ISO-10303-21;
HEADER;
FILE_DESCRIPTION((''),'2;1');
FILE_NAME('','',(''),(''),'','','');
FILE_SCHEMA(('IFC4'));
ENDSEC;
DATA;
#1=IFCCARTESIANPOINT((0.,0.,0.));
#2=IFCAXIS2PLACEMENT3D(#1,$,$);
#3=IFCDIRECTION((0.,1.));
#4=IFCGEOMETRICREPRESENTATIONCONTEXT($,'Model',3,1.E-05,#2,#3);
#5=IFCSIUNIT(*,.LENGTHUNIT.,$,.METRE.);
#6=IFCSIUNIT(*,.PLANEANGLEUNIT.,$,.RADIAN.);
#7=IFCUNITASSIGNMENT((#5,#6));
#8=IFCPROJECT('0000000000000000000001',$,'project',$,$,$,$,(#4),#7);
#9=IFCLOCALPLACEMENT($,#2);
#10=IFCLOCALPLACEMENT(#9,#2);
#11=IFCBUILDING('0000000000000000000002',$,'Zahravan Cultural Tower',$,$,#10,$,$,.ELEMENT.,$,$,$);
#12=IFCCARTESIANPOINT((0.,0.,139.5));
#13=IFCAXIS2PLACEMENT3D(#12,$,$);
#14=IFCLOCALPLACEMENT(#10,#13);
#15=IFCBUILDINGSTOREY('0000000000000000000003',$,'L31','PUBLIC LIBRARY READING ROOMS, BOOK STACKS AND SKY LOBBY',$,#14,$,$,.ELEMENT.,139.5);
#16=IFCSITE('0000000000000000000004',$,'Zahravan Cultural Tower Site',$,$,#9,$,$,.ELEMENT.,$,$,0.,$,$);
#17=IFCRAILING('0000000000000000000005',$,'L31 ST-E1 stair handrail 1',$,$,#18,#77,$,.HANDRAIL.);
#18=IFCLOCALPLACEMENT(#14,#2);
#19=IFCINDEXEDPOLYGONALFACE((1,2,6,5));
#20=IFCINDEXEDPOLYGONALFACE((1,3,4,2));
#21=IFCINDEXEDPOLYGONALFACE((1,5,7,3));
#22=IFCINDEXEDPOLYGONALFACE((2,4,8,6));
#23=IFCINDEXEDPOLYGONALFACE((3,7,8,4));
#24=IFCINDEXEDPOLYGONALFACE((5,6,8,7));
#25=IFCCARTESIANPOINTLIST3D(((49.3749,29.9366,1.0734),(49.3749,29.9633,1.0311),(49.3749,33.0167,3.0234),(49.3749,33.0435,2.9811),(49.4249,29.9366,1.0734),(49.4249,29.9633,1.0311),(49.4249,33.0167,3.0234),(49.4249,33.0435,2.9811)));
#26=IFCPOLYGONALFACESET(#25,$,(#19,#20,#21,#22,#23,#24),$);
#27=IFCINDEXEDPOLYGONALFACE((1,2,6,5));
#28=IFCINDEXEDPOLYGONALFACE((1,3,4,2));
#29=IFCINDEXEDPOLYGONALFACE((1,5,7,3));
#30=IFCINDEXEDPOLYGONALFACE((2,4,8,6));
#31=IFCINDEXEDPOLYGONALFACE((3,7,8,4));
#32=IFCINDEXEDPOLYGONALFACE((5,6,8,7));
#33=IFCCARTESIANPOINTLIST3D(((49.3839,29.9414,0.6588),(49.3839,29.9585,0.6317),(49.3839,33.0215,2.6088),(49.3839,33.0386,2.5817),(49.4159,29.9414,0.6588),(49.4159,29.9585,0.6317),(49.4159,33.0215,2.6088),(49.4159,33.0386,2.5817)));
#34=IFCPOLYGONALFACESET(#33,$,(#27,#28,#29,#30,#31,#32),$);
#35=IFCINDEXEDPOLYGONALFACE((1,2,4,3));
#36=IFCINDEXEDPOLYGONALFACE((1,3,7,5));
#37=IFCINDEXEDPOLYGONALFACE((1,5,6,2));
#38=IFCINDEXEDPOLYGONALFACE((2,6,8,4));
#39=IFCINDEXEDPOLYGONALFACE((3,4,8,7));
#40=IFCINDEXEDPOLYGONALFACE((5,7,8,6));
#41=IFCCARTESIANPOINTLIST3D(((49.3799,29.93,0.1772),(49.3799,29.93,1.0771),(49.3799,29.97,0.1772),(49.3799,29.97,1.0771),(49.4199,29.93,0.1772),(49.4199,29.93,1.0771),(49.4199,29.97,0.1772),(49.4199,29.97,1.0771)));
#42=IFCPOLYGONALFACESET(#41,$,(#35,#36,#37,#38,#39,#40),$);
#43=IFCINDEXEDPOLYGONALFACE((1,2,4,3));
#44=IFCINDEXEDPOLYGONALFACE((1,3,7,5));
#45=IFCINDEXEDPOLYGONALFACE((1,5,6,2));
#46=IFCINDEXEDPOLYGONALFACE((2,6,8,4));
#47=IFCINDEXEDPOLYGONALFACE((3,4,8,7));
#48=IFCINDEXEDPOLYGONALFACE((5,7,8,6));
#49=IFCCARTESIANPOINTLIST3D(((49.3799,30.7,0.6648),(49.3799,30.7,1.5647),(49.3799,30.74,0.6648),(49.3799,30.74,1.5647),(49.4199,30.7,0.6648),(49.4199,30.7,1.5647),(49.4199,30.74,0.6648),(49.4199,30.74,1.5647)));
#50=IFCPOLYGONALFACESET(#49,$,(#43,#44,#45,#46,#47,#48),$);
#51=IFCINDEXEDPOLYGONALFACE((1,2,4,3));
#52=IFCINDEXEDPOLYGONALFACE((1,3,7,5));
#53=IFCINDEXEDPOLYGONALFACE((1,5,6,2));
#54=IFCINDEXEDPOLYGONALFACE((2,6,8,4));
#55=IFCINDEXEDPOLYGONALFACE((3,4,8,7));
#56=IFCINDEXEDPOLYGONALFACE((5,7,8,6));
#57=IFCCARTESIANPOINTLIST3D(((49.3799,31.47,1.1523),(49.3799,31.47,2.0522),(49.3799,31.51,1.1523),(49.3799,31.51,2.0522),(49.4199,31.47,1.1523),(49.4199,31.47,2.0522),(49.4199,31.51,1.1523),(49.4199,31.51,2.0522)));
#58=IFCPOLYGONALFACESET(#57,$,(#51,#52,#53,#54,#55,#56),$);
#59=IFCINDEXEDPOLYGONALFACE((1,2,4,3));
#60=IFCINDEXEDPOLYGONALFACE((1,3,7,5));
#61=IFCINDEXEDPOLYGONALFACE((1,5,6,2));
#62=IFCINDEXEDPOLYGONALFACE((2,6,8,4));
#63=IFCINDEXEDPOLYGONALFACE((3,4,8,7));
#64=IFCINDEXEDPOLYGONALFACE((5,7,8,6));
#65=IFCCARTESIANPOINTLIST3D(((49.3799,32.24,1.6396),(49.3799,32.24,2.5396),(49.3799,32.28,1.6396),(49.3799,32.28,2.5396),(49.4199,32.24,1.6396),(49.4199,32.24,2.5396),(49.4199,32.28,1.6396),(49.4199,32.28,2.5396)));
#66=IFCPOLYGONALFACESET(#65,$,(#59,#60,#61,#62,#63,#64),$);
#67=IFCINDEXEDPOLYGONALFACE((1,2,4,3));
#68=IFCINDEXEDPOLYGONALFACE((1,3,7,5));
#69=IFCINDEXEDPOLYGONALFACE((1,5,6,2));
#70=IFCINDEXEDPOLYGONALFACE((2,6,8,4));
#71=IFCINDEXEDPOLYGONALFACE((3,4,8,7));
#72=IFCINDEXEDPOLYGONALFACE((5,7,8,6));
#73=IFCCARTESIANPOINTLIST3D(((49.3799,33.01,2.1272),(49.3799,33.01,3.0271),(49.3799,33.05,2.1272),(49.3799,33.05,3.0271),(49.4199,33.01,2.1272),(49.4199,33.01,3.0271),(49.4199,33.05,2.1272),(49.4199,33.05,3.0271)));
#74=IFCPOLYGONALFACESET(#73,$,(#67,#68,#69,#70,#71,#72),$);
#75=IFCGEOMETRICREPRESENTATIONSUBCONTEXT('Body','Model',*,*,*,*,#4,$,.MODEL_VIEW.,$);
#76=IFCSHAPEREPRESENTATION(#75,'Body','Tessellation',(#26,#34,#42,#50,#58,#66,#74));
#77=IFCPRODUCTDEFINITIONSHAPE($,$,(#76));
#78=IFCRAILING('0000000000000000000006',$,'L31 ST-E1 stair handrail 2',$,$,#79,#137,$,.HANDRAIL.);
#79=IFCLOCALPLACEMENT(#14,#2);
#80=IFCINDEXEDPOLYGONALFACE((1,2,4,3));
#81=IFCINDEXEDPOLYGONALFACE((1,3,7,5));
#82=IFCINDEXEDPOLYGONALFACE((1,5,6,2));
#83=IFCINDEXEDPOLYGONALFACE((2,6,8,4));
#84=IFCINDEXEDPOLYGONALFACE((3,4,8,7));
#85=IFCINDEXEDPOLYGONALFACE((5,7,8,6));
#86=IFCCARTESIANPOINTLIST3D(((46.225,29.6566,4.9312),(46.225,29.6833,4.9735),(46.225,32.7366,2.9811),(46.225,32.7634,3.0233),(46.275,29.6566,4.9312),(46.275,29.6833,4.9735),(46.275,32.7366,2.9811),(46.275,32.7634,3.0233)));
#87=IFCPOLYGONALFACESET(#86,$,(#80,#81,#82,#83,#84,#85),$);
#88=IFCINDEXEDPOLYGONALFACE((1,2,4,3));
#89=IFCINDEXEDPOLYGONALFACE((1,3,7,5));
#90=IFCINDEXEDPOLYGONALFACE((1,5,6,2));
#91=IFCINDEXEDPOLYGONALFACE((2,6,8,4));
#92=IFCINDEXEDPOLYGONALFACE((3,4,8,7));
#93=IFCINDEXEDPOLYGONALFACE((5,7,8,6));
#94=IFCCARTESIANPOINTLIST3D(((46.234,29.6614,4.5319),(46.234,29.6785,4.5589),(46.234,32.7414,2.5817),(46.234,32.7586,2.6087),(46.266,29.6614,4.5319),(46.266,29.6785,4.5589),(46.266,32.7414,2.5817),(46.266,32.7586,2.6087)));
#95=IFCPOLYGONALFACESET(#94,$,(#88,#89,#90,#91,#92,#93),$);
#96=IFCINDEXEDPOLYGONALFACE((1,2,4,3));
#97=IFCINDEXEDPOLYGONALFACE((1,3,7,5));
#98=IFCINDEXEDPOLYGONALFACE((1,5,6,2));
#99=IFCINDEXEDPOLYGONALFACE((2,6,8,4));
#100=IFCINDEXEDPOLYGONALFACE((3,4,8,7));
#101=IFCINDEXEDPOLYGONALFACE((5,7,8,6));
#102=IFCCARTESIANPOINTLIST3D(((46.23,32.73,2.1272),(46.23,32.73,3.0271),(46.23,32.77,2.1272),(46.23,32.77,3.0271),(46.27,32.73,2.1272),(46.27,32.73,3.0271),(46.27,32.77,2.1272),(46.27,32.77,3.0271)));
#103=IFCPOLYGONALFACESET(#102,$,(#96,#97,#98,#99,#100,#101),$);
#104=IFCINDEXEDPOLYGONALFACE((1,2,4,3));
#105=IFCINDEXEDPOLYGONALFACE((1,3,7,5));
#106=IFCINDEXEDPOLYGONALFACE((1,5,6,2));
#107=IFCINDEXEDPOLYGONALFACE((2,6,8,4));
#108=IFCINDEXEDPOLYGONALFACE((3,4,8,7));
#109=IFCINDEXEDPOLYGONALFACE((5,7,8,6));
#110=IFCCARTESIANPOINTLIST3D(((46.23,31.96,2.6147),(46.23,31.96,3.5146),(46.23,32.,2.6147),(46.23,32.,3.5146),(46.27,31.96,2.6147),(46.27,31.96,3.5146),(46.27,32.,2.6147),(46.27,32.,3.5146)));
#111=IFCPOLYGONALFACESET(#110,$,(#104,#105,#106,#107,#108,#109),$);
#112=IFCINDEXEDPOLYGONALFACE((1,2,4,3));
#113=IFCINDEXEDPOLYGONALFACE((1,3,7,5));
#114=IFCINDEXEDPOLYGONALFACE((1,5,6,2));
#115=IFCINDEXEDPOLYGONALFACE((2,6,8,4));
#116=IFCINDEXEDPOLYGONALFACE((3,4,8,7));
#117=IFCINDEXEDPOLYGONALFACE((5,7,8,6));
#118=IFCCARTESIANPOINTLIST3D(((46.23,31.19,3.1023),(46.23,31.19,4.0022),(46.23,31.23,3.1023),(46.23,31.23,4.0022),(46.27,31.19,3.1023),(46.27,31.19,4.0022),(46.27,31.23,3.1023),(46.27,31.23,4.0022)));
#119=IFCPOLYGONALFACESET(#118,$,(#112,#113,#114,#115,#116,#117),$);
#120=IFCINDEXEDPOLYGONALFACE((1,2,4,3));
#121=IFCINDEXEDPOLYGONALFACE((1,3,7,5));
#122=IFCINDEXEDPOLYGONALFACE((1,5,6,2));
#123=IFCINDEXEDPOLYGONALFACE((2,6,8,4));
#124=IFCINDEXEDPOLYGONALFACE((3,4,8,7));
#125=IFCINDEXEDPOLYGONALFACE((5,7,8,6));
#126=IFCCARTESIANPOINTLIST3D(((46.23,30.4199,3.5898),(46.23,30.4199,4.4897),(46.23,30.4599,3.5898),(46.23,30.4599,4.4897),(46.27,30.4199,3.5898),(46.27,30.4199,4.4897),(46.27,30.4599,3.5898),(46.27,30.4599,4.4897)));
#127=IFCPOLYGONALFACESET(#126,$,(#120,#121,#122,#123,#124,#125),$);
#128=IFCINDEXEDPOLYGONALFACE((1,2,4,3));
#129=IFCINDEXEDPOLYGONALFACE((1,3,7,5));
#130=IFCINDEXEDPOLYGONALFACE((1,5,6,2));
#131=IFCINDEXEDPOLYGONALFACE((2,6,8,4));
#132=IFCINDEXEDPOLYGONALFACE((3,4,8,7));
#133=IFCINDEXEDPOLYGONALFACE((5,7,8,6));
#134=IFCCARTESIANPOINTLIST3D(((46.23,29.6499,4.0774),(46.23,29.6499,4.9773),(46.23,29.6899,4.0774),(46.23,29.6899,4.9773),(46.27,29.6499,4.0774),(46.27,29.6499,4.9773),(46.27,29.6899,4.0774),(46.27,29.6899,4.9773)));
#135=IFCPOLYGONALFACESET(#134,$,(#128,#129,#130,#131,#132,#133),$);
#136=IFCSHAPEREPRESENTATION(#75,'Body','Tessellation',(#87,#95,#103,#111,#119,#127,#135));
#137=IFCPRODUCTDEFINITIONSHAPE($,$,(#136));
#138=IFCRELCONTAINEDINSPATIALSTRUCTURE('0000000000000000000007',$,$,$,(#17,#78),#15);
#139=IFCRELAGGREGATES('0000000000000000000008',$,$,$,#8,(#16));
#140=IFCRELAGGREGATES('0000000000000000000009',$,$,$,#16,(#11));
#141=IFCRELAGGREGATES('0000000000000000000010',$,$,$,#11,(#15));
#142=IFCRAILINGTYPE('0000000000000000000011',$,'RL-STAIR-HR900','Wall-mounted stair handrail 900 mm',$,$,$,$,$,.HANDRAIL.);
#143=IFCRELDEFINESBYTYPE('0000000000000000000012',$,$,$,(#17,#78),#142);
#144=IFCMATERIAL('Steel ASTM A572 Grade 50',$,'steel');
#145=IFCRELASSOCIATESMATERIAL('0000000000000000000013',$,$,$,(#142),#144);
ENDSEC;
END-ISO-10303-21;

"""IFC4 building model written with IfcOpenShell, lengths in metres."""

from ifc_helpers import new_model, si_unit, direction, frame, origin, origin_2d, place, context, subcontext, project, spatial, rectangle, extrude, material, type_object, element, save


model = new_model("IFC4")

# Units and contexts
model_context = context("Model", 3, precision=1e-05, world=origin(), true_north=direction((0.0, 1.0)))
body_context = subcontext(model_context, "Body", "Model", "MODEL_VIEW")
ifc_project = project(units=[si_unit("LENGTHUNIT", "METRE"), si_unit("PLANEANGLEUNIT", "RADIAN")], contexts=[model_context])

# Site, building, storey
site_placement = place(None, origin())
site = spatial("IfcSite", under=ifc_project, at=site_placement, Name="Zahravan Cultural Tower Site", CompositionType="ELEMENT", RefElevation=0.0)
building_placement = place(site_placement, origin())
building = spatial("IfcBuilding", under=site, at=building_placement, Name="Zahravan Cultural Tower", CompositionType="ELEMENT")
storey_placement = place(building_placement, frame((0.0, 0.0, 139.5)))
storey = spatial("IfcBuildingStorey", under=building, at=storey_placement, Name="L31", Description="PUBLIC LIBRARY READING ROOMS, BOOK STACKS AND SKY LOBBY", CompositionType="ELEMENT", Elevation=139.5)

# Shared definitions
ifc_material_1 = material(Name="Steel ASTM A572 Grade 50", Category="steel")

# Railings
railing_type_1 = type_object("IfcRailingType", Name="RL-STAIR-HR900", Description="Wall-mounted stair handrail 900 mm", PredefinedType="HANDRAIL", material=ifc_material_1)
railing_1_placement = place(storey_placement, frame((49.3999, 29.95, 0.1772)))
element("IfcRailing", 1, at=railing_1_placement, inside=storey, type_object=railing_type_1, Name="L31 ST-E1 stair handrail 1", PredefinedType="HANDRAIL", context=body_context, shape_type="SweptSolid", body=[
    extrude(rectangle(XDim=0.05, YDim=0.05, at=origin_2d()), frame((0.0, 0.0, 0.875), z_axis=(0.0, 0.844914, 0.534902), x_axis=(-1.0, 0.0, 0.0)), (0.0, 0.0, 1.0), 3.6455),
    extrude(rectangle(XDim=0.032, YDim=0.032, at=origin_2d()), frame((0.0, 0.0, 0.468), z_axis=(0.0, 0.844914, 0.534902), x_axis=(-1.0, 0.0, 0.0)), (0.0, 0.0, 1.0), 3.6455),
    extrude(rectangle(XDim=0.04, YDim=0.04, at=origin_2d()), origin(), (0.0, 0.0, 1.0), 0.8999),
    extrude(rectangle(XDim=0.04, YDim=0.04, at=origin_2d()), frame((0.0, 0.77, 0.4875)), (0.0, 0.0, 1.0), 0.8999),
    extrude(rectangle(XDim=0.04, YDim=0.04, at=origin_2d()), frame((0.0, 1.54, 0.9751)), (0.0, 0.0, 1.0), 0.8999),
    extrude(rectangle(XDim=0.04, YDim=0.04, at=origin_2d()), frame((0.0, 2.3101, 1.4624)), (0.0, 0.0, 1.0), 0.8999),
    extrude(rectangle(XDim=0.04, YDim=0.04, at=origin_2d()), frame((0.0, 3.0801, 1.95)), (0.0, 0.0, 1.0), 0.8999),
])
railing_2_placement = place(storey_placement, frame((46.25, 32.75, 2.1272)))
element("IfcRailing", 2, at=railing_2_placement, inside=storey, type_object=railing_type_1, Name="L31 ST-E1 stair handrail 2", PredefinedType="HANDRAIL", context=body_context, shape_type="SweptSolid", body=[
    extrude(rectangle(XDim=0.05, YDim=0.05, at=origin_2d()), frame((0.0, 0.0, 0.875), z_axis=(0.0, -0.844884, 0.53495), x_axis=(1.0, 0.0, 0.0)), (0.0, 0.0, 1.0), 3.6455),
    extrude(rectangle(XDim=0.032, YDim=0.032, at=origin_2d()), frame((0.0, 0.0, 0.468), z_axis=(0.0, -0.844884, 0.53495), x_axis=(1.0, 0.0, 0.0)), (0.0, 0.0, 1.0), 3.6455),
    extrude(rectangle(XDim=0.04, YDim=0.04, at=origin_2d()), origin(), (0.0, 0.0, 1.0), 0.8999),
    extrude(rectangle(XDim=0.04, YDim=0.04, at=origin_2d()), frame((0.0, -0.77, 0.4875)), (0.0, 0.0, 1.0), 0.8999),
    extrude(rectangle(XDim=0.04, YDim=0.04, at=origin_2d()), frame((0.0, -1.54, 0.9751)), (0.0, 0.0, 1.0), 0.8999),
    extrude(rectangle(XDim=0.04, YDim=0.04, at=origin_2d()), frame((0.0, -2.3101, 1.4626)), (0.0, 0.0, 1.0), 0.8999),
    extrude(rectangle(XDim=0.04, YDim=0.04, at=origin_2d()), frame((0.0, -3.0801, 1.9502)), (0.0, 0.0, 1.0), 0.8999),
])

save(model, "model.ifc")
